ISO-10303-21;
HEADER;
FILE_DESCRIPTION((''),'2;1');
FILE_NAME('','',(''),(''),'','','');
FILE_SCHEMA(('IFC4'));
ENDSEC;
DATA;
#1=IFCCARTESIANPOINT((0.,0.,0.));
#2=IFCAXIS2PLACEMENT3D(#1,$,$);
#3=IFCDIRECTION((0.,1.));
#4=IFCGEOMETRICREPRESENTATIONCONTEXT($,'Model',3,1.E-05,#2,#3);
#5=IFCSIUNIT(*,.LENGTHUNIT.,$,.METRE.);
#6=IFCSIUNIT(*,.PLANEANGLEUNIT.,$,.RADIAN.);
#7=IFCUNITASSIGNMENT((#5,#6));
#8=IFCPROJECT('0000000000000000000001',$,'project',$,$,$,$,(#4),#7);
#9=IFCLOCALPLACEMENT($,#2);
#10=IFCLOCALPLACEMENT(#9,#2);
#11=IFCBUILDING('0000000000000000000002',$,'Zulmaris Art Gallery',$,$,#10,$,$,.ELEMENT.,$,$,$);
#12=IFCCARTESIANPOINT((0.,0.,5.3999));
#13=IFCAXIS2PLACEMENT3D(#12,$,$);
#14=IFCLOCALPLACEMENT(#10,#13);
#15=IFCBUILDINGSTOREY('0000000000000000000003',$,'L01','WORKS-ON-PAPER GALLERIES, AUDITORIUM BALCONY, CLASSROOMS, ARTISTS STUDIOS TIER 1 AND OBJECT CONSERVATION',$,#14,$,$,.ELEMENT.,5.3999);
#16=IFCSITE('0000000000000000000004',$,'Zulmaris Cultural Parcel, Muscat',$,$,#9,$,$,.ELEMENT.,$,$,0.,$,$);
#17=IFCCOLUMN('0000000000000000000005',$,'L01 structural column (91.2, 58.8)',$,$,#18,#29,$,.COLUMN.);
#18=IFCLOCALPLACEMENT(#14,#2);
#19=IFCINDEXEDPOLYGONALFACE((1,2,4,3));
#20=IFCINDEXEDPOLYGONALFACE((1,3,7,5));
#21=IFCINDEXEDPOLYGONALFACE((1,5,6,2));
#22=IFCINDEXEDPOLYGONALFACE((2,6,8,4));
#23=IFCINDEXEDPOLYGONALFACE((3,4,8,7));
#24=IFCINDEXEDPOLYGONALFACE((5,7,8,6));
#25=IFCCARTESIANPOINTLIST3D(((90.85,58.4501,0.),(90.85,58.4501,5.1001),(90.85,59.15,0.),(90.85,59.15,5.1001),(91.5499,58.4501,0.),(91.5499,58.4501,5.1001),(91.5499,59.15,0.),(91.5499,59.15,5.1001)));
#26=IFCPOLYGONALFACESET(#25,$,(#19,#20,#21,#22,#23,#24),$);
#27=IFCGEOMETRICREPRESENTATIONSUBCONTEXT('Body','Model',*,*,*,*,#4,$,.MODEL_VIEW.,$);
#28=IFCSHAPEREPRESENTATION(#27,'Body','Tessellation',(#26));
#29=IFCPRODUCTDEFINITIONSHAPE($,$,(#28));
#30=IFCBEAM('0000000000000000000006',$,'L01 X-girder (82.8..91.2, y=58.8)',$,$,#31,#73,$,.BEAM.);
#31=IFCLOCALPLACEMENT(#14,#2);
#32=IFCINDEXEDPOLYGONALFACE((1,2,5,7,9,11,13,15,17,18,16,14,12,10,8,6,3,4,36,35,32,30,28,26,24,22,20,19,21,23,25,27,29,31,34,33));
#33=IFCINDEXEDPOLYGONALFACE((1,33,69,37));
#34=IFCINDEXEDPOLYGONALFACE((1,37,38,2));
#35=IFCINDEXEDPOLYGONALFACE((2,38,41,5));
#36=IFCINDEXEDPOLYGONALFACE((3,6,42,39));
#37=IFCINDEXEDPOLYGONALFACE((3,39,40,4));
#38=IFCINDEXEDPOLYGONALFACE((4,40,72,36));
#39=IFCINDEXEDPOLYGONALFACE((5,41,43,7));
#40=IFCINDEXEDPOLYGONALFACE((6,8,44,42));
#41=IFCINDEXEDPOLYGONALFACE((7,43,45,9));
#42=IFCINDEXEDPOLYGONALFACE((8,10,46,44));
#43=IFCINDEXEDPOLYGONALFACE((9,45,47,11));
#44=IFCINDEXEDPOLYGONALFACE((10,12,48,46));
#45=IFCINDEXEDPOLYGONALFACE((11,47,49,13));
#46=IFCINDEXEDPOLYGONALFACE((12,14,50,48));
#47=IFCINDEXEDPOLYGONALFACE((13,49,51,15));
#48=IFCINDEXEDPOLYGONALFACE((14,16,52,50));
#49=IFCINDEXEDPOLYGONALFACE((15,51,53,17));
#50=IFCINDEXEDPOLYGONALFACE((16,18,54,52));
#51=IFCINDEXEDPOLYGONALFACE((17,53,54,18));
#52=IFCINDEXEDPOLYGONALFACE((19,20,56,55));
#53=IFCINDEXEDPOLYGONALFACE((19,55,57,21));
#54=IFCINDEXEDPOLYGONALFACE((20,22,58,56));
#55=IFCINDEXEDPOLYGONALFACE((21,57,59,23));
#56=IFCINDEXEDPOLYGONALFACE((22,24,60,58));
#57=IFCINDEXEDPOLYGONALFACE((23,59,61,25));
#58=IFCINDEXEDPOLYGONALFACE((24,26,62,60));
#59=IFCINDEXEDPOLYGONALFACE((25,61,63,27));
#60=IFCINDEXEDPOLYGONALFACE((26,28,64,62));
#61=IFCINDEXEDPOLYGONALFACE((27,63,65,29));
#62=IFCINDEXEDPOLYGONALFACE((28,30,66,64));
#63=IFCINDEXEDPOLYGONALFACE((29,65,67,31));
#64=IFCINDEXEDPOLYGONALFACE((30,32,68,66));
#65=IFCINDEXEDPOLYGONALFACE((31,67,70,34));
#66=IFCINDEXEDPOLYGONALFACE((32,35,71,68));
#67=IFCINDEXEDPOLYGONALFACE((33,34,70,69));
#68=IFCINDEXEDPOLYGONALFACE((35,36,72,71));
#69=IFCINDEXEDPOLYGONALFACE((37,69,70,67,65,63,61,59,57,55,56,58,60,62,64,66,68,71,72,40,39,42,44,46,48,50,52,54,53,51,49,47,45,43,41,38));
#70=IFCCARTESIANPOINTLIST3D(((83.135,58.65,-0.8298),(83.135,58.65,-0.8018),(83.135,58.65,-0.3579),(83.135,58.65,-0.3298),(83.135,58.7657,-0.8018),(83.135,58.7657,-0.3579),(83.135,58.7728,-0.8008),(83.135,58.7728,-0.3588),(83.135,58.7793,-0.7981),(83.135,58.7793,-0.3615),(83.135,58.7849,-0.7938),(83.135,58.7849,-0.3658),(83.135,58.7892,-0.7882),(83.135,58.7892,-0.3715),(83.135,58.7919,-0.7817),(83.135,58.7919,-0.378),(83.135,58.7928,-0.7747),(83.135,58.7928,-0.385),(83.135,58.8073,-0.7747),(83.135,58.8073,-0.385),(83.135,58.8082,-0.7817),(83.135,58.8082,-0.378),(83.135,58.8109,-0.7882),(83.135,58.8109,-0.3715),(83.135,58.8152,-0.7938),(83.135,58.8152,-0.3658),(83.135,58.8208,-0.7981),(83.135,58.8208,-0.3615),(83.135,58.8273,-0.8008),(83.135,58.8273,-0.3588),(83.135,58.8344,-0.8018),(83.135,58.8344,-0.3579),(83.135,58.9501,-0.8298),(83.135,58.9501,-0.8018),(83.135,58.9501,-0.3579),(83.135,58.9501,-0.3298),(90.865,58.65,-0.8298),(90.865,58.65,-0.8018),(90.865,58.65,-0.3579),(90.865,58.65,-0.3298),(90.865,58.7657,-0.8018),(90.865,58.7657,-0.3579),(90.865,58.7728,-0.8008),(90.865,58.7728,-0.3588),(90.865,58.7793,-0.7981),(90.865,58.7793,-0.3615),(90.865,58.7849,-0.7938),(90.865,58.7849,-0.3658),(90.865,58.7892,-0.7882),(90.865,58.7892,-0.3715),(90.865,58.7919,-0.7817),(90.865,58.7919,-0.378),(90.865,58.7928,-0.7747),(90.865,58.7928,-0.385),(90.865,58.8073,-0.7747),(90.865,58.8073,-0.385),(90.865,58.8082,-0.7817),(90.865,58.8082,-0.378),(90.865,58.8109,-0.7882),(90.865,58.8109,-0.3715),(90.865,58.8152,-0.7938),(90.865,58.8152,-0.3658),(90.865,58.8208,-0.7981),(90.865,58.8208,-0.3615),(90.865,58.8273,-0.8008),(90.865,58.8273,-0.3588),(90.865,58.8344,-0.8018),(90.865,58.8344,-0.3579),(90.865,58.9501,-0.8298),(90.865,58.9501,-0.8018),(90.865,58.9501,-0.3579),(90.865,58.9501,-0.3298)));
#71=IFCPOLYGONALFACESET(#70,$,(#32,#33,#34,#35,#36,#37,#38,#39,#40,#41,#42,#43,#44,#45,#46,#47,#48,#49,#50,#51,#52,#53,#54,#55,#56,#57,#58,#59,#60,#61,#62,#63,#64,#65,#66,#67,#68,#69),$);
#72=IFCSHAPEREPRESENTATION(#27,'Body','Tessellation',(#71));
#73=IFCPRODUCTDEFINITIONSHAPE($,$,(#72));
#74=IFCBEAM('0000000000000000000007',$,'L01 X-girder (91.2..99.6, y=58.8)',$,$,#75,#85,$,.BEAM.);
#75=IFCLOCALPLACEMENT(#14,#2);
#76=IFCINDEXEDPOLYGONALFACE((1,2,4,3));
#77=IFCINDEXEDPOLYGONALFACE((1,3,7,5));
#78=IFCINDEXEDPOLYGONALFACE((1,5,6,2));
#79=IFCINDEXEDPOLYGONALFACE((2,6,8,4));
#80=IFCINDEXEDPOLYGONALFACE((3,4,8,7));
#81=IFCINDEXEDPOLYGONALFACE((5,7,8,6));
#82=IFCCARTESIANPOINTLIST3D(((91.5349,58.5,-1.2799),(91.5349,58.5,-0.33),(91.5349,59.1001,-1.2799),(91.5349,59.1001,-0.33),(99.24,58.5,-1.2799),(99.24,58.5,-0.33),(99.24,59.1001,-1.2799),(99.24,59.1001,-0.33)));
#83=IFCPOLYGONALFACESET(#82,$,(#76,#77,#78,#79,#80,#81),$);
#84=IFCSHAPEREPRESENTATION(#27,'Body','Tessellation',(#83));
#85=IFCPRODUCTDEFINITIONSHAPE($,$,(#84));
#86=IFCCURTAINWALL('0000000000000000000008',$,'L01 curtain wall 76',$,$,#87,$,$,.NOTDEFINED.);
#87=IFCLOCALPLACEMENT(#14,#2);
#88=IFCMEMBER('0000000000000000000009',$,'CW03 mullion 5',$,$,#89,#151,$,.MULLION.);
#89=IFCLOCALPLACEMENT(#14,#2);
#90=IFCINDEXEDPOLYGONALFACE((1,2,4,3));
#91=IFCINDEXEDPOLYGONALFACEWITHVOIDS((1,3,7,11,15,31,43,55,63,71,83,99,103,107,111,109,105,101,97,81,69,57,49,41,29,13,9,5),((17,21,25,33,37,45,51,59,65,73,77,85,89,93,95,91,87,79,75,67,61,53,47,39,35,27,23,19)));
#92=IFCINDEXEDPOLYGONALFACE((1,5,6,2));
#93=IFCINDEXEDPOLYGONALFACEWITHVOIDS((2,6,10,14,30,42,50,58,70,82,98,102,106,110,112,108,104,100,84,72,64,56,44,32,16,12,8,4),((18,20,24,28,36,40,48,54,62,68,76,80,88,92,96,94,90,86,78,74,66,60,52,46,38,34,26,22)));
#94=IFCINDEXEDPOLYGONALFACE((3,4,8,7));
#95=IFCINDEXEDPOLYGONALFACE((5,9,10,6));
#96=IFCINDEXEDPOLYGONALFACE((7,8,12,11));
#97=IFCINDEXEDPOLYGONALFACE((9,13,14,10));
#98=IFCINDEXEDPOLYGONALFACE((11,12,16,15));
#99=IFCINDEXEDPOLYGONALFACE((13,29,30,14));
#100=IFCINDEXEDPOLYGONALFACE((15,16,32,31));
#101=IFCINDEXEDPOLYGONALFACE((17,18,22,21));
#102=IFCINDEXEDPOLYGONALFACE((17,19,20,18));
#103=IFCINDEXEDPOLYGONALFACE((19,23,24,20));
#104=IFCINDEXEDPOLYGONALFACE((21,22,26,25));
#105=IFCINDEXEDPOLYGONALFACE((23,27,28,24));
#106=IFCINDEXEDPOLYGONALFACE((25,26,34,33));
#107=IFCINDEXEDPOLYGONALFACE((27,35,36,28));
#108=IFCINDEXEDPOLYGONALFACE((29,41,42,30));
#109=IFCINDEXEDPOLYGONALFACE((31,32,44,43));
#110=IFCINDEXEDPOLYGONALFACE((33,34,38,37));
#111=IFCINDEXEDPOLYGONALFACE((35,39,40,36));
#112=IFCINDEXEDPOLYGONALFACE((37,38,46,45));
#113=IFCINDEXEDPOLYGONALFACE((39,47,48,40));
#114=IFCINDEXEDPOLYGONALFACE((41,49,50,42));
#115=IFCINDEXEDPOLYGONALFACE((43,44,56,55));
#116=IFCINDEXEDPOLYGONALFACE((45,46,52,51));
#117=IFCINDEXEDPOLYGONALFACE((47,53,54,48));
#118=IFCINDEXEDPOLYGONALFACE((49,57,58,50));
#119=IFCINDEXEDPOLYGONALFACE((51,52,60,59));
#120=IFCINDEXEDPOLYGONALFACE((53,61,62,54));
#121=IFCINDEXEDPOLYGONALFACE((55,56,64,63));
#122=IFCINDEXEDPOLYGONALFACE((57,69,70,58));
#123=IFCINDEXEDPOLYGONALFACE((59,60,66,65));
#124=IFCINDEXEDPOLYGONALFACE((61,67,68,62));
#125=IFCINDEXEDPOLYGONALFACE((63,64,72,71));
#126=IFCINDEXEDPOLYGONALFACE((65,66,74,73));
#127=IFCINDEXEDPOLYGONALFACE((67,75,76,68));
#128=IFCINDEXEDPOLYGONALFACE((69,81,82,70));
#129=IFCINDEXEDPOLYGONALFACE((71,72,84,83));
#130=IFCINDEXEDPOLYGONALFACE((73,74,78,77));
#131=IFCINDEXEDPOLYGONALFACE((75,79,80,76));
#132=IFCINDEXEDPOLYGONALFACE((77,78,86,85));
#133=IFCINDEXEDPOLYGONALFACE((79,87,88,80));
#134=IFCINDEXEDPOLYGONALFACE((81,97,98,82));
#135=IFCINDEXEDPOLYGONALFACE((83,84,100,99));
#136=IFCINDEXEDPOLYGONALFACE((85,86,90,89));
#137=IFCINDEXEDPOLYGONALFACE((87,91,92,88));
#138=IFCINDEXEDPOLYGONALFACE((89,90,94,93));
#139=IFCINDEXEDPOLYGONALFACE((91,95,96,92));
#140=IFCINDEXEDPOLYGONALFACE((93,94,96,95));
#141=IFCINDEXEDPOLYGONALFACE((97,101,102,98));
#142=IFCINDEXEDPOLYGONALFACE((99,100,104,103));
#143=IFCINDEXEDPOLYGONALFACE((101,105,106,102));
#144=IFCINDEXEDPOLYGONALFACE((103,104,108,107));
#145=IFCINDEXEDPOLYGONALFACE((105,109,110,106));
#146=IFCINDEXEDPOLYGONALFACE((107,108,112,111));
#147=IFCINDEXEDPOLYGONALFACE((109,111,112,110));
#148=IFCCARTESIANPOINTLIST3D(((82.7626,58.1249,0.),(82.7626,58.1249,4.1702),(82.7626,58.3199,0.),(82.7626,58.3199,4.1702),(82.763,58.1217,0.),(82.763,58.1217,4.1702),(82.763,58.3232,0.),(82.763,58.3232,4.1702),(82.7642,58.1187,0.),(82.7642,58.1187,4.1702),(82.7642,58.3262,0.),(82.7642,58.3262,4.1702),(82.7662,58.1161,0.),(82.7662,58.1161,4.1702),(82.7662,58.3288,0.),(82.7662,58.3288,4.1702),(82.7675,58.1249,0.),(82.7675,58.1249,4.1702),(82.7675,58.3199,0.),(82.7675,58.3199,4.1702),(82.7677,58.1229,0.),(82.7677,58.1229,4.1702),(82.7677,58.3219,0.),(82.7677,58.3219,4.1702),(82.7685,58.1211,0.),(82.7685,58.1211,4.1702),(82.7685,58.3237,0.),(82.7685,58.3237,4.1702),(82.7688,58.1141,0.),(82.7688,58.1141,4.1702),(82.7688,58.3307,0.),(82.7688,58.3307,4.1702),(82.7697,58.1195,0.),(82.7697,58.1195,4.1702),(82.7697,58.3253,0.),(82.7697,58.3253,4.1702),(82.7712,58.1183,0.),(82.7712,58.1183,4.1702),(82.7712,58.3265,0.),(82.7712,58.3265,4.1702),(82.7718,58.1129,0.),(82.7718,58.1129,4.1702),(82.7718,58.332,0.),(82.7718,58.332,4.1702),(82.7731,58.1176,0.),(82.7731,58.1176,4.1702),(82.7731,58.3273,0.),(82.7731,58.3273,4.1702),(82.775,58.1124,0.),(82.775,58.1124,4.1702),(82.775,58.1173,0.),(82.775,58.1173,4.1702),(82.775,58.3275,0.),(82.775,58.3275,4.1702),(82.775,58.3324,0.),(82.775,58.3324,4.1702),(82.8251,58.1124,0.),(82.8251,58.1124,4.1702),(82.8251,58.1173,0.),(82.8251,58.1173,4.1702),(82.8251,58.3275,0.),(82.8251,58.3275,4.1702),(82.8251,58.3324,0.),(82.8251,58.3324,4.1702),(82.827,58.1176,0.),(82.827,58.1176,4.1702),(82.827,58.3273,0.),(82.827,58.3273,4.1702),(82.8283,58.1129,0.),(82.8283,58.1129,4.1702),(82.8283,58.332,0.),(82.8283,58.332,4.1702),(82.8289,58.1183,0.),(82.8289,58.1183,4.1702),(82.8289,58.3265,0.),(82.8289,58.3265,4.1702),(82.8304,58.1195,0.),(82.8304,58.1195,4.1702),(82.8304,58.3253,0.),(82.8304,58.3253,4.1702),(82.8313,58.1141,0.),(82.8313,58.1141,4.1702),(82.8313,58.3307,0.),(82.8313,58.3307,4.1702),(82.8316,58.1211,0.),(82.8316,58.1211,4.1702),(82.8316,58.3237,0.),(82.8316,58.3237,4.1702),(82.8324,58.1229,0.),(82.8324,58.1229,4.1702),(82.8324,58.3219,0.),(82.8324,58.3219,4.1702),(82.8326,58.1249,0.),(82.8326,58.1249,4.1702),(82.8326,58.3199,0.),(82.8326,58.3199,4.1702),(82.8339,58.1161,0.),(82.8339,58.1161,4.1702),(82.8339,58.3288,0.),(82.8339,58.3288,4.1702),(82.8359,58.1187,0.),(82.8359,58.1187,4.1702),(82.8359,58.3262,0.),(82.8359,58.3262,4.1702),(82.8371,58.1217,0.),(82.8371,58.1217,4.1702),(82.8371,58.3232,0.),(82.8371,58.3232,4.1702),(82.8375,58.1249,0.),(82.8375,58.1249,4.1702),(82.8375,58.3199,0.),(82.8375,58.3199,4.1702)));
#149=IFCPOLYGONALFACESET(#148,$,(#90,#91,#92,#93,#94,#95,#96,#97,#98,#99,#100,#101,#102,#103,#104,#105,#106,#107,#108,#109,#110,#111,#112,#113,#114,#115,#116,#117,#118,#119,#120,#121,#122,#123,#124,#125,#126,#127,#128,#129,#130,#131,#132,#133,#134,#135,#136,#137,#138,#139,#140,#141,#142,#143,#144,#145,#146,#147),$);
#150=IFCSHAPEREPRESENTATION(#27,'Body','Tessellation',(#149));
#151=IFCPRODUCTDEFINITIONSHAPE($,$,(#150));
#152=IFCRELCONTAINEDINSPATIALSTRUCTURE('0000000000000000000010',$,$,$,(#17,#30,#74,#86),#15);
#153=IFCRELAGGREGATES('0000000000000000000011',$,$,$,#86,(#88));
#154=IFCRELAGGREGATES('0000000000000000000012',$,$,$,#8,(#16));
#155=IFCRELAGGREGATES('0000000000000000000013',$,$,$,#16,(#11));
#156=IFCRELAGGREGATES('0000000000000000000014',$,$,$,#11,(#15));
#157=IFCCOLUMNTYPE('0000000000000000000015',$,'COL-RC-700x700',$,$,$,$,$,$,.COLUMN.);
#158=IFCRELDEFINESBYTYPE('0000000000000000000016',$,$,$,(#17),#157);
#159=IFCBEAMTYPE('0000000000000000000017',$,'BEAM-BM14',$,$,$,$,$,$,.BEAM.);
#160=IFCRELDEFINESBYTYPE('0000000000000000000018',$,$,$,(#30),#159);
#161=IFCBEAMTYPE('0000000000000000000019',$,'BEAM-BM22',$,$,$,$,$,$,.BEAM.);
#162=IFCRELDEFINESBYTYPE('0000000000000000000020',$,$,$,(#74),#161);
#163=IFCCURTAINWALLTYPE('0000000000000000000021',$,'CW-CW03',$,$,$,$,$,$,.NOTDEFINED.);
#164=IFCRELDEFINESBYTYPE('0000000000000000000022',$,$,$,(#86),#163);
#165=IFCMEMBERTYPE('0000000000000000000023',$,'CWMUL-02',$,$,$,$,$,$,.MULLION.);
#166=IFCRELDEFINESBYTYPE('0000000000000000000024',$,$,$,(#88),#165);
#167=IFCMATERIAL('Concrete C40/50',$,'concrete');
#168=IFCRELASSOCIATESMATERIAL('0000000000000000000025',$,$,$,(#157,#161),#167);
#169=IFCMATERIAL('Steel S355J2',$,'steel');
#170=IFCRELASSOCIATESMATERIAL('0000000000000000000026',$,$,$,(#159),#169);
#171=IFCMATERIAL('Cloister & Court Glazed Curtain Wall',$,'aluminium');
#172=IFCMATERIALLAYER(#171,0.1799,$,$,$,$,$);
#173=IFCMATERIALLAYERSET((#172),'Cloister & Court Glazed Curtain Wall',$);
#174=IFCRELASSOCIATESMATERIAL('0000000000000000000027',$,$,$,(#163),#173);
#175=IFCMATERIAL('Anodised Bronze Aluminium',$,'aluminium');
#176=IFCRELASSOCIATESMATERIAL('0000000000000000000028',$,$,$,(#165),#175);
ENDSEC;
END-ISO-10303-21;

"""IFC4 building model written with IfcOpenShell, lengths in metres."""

from ifc_helpers import new_model, si_unit, direction, frame, origin, origin_2d, place, context, subcontext, project, spatial, rectangle, hollow_rectangle, i_section, extrude, material, layer, layer_set, material_profile, profile_set, type_object, element, aggregate, save


model = new_model("IFC4")

# Units and contexts
model_context = context("Model", 3, precision=1e-05, world=origin(), true_north=direction((0.0, 1.0)))
body_context = subcontext(model_context, "Body", "Model", "MODEL_VIEW")
ifc_project = project(units=[si_unit("LENGTHUNIT", "METRE"), si_unit("PLANEANGLEUNIT", "RADIAN")], contexts=[model_context])

# Site, building, storey
site_placement = place(None, origin())
site = spatial("IfcSite", under=ifc_project, at=site_placement, Name="Zulmaris Cultural Parcel, Muscat", CompositionType="ELEMENT", RefElevation=0.0)
building_placement = place(site_placement, origin())
building = spatial("IfcBuilding", under=site, at=building_placement, Name="Zulmaris Art Gallery", CompositionType="ELEMENT")
storey_placement = place(building_placement, frame((0.0, 0.0, 5.3999)))
storey = spatial("IfcBuildingStorey", under=building, at=storey_placement, Name="L01", Description="WORKS-ON-PAPER GALLERIES, AUDITORIUM BALCONY, CLASSROOMS, ARTISTS STUDIOS TIER 1 AND OBJECT CONSERVATION", CompositionType="ELEMENT", Elevation=5.3999)

# Column
ifc_material_1 = material(Name="Concrete C40/50", Category="concrete")
ifc_material_profile_1 = material_profile(ifc_material_1, rectangle(XDim=0.7, YDim=0.7, at=origin_2d()), Name="RC 700x700")
ifc_profile_set_1 = profile_set([ifc_material_profile_1], Name="Concrete C40/50")
column_type = type_object("IfcColumnType", Name="COL-RC-700x700", PredefinedType="COLUMN", material=ifc_profile_set_1)
column_placement = place(storey_placement, frame((91.2, 58.8, 0.0), z_axis=(0.0, 0.0, 1.0), x_axis=(1.0, 0.0, 0.0)))
element("IfcColumn", 1, at=column_placement, inside=storey, type_object=column_type, Name="L01 structural column (91.2, 58.8)", PredefinedType="COLUMN", context=body_context, shape_type="SweptSolid", body=[
    extrude(rectangle(XDim=0.7, YDim=0.7, at=origin_2d()), origin(), (0.0, 0.0, 1.0), 5.1001),
])

# Beams
ifc_material_2 = material(Name="Steel S355J2", Category="steel")
ifc_material_profile_2 = material_profile(ifc_material_2, i_section(OverallWidth=0.3, OverallDepth=0.5, WebThickness=0.0144, FlangeThickness=0.0281, FilletRadius=0.0271, at=origin_2d()), Name="HEB 500")
ifc_profile_set_2 = profile_set([ifc_material_profile_2], Name="Steel S355J2")
beam_type_1 = type_object("IfcBeamType", Name="BEAM-BM14", PredefinedType="BEAM", material=ifc_profile_set_2)
beam_1_placement = place(storey_placement, frame((83.135, 58.8, -0.5798), z_axis=(1.0, 0.0, 0.0), x_axis=(0.0, 1.0, 0.0)))
element("IfcBeam", 2, at=beam_1_placement, inside=storey, type_object=beam_type_1, Name="L01 X-girder (82.8..91.2, y=58.8)", PredefinedType="BEAM", context=body_context, shape_type="SweptSolid", body=[
    extrude(i_section(OverallWidth=0.3, OverallDepth=0.5, WebThickness=0.0144, FlangeThickness=0.0281, FilletRadius=0.0271, at=origin_2d()), origin(), (0.0, 0.0, 1.0), 7.73),
])
ifc_material_profile_3 = material_profile(ifc_material_1, rectangle(XDim=0.6001, YDim=0.95, at=origin_2d()), Name="RC 600x950")
ifc_profile_set_3 = profile_set([ifc_material_profile_3], Name="Concrete C40/50")
beam_type_2 = type_object("IfcBeamType", Name="BEAM-BM22", PredefinedType="BEAM", material=ifc_profile_set_3)
beam_2_placement = place(storey_placement, frame((91.5349, 58.8, -0.8049), z_axis=(1.0, 0.0, 0.0), x_axis=(0.0, 1.0, 0.0)))
element("IfcBeam", 3, at=beam_2_placement, inside=storey, type_object=beam_type_2, Name="L01 X-girder (91.2..99.6, y=58.8)", PredefinedType="BEAM", context=body_context, shape_type="SweptSolid", body=[
    extrude(rectangle(XDim=0.6001, YDim=0.95, at=origin_2d()), origin(), (0.0, 0.0, 1.0), 7.7051),
])

# Curtain wall, member
ifc_material_3 = material(Name="Cloister & Court Glazed Curtain Wall", Category="aluminium")
ifc_layer_1 = layer(ifc_material_3, 0.1799)
ifc_layer_set_1 = layer_set([ifc_layer_1], Name="Cloister & Court Glazed Curtain Wall")
curtain_wall_type_1 = type_object("IfcCurtainWallType", Name="CW-CW03", PredefinedType="NOTDEFINED", material=ifc_layer_set_1)
curtain_wall_1_placement = place(storey_placement, origin())
curtain_wall_1 = element("IfcCurtainWall", 4, at=curtain_wall_1_placement, inside=storey, type_object=curtain_wall_type_1, Name="L01 curtain wall 76", PredefinedType="NOTDEFINED")
ifc_material_4 = material(Name="Anodised Bronze Aluminium", Category="aluminium")
ifc_material_profile_4 = material_profile(ifc_material_4, hollow_rectangle(XDim=0.075, YDim=0.22, WallThickness=0.0049, InnerFilletRadius=0.0076, OuterFilletRadius=0.0125, at=origin_2d()), Name="ALU 75x220x5")
ifc_profile_set_4 = profile_set([ifc_material_profile_4], Name="Anodised Bronze Aluminium")
member_type_1 = type_object("IfcMemberType", Name="CWMUL-02", PredefinedType="MULLION", material=ifc_profile_set_4)
member_1_placement = place(storey_placement, frame((82.8, 58.2224, 0.0), z_axis=(0.0, 0.0, 1.0), x_axis=(-1.0, 0.0, 0.0)))
member_1 = element("IfcMember", 5, at=member_1_placement, type_object=member_type_1, Name="CW03 mullion 5", PredefinedType="MULLION", context=body_context, shape_type="SweptSolid", body=[
    extrude(hollow_rectangle(XDim=0.075, YDim=0.22, WallThickness=0.0049, InnerFilletRadius=0.0076, OuterFilletRadius=0.0125, at=origin_2d()), origin(), (0.0, 0.0, 1.0), 4.1702),
])
aggregate(curtain_wall_1, [member_1])

save(model, "model.ifc")
